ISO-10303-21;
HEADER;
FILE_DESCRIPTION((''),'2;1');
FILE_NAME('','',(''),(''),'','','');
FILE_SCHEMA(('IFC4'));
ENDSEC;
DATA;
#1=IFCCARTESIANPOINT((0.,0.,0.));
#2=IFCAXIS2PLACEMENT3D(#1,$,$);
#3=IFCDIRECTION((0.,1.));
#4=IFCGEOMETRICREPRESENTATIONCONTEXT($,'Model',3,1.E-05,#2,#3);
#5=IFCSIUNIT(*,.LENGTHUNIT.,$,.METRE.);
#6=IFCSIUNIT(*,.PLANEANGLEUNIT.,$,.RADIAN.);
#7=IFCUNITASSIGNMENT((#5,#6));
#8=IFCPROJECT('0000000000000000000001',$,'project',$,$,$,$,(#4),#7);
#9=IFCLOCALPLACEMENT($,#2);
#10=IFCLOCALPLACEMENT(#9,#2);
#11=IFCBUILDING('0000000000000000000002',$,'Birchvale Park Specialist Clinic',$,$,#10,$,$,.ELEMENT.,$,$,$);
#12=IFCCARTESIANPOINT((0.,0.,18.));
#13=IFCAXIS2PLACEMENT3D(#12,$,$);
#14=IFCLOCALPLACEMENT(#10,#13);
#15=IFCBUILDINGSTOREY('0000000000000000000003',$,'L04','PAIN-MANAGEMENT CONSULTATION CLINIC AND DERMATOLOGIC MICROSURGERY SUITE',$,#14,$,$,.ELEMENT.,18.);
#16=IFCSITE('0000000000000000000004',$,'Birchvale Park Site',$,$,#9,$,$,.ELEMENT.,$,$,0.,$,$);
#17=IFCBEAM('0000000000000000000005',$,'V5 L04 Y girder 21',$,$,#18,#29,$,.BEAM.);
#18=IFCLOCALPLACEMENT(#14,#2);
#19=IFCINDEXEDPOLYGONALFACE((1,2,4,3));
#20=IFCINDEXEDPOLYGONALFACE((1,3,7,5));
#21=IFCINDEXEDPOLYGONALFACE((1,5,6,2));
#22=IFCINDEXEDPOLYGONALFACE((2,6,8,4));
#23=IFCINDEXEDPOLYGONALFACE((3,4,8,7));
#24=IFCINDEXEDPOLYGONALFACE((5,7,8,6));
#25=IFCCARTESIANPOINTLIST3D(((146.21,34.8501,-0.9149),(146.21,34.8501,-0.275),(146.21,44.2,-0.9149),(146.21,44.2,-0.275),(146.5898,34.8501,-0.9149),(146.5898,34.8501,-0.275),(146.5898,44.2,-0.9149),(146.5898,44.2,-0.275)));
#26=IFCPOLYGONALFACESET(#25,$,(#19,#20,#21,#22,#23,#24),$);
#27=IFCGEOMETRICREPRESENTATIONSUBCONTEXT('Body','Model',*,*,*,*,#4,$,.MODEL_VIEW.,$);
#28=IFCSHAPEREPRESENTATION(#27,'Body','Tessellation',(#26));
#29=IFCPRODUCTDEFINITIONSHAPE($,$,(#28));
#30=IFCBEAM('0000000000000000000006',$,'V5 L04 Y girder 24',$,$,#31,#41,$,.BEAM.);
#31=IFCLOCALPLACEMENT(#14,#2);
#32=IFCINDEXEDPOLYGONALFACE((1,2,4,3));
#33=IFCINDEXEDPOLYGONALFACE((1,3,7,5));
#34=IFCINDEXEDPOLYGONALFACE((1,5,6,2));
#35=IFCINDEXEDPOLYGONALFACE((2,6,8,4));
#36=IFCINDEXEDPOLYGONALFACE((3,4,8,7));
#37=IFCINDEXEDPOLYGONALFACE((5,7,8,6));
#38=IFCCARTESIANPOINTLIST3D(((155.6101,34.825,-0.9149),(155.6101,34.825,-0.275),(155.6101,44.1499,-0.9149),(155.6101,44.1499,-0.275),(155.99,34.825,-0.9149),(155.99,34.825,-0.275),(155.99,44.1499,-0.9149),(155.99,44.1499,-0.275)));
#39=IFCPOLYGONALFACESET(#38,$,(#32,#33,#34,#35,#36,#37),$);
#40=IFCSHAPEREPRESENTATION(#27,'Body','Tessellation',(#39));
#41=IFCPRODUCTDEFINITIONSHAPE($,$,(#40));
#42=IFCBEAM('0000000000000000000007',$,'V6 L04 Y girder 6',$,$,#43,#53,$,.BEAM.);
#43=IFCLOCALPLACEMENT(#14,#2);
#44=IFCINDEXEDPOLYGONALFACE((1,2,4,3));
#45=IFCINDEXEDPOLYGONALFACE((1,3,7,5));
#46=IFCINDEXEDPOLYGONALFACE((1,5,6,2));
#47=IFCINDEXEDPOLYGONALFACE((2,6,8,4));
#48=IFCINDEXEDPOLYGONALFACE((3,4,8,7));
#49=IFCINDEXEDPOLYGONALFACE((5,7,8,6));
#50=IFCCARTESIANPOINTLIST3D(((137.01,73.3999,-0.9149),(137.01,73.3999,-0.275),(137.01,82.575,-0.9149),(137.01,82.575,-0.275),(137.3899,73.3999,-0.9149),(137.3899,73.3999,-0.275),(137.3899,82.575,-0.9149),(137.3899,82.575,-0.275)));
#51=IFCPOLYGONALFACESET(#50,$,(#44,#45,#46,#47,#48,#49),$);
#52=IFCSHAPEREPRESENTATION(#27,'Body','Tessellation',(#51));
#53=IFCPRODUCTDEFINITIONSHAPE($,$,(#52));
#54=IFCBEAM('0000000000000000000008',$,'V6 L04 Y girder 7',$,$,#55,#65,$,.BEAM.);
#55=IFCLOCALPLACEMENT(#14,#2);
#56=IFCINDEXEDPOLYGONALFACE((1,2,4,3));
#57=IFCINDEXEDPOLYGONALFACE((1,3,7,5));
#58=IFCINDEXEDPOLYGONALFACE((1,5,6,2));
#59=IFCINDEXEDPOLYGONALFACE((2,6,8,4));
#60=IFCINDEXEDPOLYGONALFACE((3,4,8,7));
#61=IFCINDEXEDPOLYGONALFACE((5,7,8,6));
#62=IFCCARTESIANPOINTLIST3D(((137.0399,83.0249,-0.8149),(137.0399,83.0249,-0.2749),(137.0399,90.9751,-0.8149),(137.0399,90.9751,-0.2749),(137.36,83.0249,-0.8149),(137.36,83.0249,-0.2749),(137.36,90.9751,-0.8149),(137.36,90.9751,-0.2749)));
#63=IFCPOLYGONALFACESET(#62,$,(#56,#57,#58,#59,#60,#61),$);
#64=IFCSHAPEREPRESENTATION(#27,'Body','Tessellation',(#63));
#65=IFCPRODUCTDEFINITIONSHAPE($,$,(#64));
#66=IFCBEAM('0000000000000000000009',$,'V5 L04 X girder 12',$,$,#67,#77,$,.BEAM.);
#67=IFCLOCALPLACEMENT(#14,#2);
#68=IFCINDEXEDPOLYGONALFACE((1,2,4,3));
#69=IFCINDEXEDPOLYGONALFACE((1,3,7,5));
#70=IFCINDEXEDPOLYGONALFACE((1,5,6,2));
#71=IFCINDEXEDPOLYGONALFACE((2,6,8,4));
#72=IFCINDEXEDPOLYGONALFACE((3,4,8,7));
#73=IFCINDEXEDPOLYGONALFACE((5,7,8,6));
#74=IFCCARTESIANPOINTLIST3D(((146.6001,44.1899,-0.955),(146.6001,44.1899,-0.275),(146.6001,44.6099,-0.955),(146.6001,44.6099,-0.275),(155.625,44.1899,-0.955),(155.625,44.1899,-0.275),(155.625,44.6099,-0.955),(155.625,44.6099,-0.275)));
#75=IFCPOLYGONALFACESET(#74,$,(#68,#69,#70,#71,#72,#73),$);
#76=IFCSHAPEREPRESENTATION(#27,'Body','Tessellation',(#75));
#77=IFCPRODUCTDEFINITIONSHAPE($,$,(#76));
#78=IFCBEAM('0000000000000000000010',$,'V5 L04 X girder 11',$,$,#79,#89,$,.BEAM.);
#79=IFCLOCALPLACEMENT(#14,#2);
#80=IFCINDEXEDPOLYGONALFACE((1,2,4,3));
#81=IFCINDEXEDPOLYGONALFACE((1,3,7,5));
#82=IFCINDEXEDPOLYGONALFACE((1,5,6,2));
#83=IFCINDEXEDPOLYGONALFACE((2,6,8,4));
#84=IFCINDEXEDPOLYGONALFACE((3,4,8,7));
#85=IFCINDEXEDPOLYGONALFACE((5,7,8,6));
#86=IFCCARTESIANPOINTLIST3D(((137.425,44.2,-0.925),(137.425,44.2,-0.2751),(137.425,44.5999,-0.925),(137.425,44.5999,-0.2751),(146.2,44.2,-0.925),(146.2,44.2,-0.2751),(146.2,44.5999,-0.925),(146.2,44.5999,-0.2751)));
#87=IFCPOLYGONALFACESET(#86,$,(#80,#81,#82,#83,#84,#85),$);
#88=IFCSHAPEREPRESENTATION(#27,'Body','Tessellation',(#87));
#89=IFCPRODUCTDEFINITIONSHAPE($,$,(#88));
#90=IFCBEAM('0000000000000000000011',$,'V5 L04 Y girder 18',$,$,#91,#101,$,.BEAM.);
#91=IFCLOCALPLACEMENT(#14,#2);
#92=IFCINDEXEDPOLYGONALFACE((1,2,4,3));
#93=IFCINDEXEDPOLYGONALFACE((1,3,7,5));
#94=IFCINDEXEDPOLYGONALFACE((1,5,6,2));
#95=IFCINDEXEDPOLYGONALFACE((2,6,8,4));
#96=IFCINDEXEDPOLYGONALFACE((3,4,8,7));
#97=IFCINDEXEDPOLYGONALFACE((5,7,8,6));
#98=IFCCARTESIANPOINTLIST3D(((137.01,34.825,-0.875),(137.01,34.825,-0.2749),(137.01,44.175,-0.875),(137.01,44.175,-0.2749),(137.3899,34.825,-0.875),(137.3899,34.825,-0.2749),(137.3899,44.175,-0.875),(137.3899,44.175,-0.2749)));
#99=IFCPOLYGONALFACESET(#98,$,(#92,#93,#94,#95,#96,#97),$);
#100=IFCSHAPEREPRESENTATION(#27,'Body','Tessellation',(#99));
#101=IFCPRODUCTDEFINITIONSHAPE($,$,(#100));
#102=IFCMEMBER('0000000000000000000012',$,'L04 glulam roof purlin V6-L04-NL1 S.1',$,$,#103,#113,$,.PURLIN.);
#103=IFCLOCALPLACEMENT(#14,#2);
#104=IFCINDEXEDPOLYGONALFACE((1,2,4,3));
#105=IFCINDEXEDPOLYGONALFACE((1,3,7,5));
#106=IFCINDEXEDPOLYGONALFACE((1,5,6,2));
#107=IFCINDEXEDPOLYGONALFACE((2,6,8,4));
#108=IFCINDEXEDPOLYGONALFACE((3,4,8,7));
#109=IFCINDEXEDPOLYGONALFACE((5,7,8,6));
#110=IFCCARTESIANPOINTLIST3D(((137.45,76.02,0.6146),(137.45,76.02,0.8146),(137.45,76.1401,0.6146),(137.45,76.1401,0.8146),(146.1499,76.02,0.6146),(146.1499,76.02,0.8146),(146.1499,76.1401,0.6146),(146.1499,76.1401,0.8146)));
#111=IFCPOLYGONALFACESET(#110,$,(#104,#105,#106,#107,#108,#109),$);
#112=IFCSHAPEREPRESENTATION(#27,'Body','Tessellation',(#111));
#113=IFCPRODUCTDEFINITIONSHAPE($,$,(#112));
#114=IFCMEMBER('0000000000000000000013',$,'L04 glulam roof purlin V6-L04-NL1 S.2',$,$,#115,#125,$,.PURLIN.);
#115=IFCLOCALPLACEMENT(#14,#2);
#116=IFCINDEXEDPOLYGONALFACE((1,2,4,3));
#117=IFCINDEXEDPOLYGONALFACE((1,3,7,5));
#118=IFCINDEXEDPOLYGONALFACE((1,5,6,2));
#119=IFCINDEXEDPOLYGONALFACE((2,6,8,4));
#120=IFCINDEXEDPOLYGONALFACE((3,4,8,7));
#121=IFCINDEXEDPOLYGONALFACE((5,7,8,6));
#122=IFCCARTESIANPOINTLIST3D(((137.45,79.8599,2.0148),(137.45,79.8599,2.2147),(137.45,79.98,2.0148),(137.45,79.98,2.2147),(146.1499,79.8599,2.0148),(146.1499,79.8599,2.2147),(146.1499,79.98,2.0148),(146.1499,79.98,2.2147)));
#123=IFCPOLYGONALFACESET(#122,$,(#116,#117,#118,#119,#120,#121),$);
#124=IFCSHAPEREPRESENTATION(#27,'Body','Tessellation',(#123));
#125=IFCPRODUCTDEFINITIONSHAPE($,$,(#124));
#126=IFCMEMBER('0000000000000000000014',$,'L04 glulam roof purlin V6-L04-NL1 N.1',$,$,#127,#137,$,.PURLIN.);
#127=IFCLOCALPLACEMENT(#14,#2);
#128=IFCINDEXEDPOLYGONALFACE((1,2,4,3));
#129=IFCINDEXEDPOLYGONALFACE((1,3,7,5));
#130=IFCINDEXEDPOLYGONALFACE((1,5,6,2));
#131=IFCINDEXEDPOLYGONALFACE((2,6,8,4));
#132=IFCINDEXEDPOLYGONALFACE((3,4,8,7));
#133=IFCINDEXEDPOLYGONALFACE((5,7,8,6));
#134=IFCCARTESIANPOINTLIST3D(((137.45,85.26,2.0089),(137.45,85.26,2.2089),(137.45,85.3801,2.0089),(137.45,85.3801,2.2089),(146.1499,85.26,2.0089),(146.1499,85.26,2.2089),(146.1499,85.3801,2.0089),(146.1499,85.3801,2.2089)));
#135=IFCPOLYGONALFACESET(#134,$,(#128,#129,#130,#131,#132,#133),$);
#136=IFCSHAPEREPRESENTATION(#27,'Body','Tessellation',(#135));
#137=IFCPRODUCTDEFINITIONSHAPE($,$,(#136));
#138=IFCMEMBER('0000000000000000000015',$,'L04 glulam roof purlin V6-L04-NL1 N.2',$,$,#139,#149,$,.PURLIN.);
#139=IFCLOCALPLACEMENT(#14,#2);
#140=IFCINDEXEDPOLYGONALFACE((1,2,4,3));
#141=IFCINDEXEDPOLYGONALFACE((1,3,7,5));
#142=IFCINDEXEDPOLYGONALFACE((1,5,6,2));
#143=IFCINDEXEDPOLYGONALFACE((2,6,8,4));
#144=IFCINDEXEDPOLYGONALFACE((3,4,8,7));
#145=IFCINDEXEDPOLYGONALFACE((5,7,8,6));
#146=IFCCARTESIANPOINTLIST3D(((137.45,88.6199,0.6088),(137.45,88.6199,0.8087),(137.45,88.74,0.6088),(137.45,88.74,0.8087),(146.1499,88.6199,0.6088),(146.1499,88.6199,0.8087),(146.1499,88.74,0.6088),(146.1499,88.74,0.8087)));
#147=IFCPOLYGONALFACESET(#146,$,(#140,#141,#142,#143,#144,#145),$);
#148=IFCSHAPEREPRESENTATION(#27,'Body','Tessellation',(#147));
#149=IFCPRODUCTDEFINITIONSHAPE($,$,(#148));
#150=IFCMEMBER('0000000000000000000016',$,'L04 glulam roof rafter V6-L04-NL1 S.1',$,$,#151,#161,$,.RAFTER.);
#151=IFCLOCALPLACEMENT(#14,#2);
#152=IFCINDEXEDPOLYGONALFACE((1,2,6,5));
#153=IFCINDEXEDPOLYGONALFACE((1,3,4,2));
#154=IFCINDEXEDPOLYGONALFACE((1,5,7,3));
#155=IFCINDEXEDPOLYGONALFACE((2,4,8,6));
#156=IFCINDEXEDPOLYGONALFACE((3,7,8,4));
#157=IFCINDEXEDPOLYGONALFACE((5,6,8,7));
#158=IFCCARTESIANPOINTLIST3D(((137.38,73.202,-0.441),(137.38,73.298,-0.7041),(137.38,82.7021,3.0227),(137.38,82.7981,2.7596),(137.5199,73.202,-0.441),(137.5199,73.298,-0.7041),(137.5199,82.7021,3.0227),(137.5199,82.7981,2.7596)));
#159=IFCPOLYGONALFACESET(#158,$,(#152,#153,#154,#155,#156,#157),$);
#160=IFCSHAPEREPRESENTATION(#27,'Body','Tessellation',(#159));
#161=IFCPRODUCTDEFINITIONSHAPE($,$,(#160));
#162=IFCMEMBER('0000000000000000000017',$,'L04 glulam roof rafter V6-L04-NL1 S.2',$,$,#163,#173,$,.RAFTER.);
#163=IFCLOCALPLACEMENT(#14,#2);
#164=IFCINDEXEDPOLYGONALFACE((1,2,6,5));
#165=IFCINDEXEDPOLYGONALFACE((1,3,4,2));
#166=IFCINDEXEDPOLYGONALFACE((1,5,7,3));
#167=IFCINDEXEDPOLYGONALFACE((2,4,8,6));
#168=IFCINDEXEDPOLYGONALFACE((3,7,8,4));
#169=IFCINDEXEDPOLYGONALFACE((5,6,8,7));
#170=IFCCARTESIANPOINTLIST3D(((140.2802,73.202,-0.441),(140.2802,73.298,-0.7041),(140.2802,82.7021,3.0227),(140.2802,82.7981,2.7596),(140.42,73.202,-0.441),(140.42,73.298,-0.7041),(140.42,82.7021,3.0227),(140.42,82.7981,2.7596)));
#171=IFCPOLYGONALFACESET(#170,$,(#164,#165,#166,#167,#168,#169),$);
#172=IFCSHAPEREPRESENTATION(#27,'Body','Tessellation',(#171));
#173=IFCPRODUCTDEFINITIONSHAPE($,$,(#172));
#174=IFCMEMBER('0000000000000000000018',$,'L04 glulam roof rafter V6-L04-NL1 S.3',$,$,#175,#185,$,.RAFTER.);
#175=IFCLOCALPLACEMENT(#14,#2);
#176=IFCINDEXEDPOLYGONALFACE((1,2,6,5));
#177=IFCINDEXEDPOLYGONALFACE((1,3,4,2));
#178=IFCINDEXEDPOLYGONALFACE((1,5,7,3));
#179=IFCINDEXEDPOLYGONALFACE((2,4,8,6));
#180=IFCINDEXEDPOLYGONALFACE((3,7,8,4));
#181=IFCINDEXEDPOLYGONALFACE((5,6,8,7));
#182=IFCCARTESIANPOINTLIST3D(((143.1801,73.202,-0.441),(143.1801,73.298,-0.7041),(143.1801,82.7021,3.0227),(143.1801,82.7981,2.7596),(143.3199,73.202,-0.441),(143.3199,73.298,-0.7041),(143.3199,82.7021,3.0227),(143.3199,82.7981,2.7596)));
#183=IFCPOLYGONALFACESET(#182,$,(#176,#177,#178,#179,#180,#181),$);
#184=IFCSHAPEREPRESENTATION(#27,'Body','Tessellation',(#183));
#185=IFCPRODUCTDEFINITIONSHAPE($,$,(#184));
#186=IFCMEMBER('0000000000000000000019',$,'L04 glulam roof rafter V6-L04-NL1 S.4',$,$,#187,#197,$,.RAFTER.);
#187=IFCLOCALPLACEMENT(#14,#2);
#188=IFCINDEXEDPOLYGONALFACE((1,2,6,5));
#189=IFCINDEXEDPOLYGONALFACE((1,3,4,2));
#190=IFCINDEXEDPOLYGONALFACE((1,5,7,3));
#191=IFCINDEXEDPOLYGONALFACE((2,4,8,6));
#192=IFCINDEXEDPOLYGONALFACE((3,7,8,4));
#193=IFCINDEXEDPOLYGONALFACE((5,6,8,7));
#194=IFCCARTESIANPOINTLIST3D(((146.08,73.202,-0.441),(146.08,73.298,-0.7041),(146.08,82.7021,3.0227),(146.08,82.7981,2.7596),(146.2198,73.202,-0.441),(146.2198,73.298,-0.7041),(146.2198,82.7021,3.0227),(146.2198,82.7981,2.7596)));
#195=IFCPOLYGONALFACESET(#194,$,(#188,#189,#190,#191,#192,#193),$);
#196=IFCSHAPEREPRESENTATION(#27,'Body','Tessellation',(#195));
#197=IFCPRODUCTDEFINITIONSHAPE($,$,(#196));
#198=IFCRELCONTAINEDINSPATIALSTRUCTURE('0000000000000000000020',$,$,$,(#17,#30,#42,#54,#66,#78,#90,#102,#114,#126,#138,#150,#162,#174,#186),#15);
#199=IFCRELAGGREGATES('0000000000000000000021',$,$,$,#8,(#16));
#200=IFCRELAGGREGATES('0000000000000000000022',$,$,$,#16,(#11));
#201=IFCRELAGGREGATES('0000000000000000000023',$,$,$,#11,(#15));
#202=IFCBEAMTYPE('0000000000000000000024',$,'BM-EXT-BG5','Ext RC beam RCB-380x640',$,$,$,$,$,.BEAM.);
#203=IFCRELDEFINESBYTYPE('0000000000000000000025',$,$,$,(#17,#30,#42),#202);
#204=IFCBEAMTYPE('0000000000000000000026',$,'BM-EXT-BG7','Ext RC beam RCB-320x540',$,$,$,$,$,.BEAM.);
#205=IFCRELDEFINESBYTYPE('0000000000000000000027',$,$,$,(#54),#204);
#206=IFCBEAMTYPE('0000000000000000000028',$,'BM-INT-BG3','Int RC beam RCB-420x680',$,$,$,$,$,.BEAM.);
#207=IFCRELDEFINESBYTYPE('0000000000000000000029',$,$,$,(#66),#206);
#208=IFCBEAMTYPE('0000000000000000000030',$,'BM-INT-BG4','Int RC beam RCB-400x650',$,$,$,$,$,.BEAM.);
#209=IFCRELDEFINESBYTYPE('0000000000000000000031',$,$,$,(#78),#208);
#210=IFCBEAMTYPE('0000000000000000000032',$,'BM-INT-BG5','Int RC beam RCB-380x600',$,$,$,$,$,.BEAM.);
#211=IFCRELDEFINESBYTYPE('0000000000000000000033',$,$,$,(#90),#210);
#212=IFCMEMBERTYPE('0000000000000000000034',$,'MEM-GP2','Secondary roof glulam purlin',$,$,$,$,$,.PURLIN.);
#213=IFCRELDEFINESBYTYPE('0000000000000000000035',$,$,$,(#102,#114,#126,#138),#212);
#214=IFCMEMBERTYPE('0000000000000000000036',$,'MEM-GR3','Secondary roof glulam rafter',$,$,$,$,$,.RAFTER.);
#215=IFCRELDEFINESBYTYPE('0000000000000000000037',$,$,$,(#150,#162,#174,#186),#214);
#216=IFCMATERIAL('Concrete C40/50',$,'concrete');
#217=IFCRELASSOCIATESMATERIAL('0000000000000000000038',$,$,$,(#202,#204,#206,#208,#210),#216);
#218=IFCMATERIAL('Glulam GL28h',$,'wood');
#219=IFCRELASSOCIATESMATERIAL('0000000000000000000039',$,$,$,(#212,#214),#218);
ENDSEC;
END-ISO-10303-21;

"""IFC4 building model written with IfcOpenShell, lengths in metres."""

from ifc_helpers import new_model, si_unit, direction, frame, origin, origin_2d, place, context, subcontext, project, spatial, rectangle, extrude, material, material_profile, profile_set, type_object, element, save


model = new_model("IFC4")

# Units and contexts
model_context = context("Model", 3, precision=1e-05, world=origin(), true_north=direction((0.0, 1.0)))
body_context = subcontext(model_context, "Body", "Model", "MODEL_VIEW")
ifc_project = project(units=[si_unit("LENGTHUNIT", "METRE"), si_unit("PLANEANGLEUNIT", "RADIAN")], contexts=[model_context])

# Site, building, storey
site_placement = place(None, origin())
site = spatial("IfcSite", under=ifc_project, at=site_placement, Name="Birchvale Park Site", CompositionType="ELEMENT", RefElevation=0.0)
building_placement = place(site_placement, origin())
building = spatial("IfcBuilding", under=site, at=building_placement, Name="Birchvale Park Specialist Clinic", CompositionType="ELEMENT")
storey_placement = place(building_placement, frame((0.0, 0.0, 18.0)))
storey = spatial("IfcBuildingStorey", under=building, at=storey_placement, Name="L04", Description="PAIN-MANAGEMENT CONSULTATION CLINIC AND DERMATOLOGIC MICROSURGERY SUITE", CompositionType="ELEMENT", Elevation=18.0)

# Beams
ifc_material_1 = material(Name="Concrete C40/50", Category="concrete")
ifc_material_profile_1 = material_profile(ifc_material_1, rectangle(XDim=0.3799, YDim=0.6399, at=origin_2d()), Name="RCB-380x640")
ifc_profile_set_1 = profile_set([ifc_material_profile_1], Name="Concrete C40/50")
beam_type_1 = type_object("IfcBeamType", Name="BM-EXT-BG5", Description="Ext RC beam RCB-380x640", PredefinedType="BEAM", material=ifc_profile_set_1)
beam_1_placement = place(storey_placement, frame((146.3999, 34.8501, -0.595), z_axis=(0.0, 1.0, 0.0), x_axis=(-1.0, 0.0, 0.0)))
element("IfcBeam", 1, at=beam_1_placement, inside=storey, type_object=beam_type_1, Name="V5 L04 Y girder 21", PredefinedType="BEAM", context=body_context, shape_type="SweptSolid", body=[
    extrude(rectangle(XDim=0.3799, YDim=0.6399, at=origin_2d()), origin(), (0.0, 0.0, 1.0), 9.3499),
])
beam_2_placement = place(storey_placement, frame((155.8, 34.825, -0.595), z_axis=(0.0, 1.0, 0.0), x_axis=(-1.0, 0.0, 0.0)))
element("IfcBeam", 2, at=beam_2_placement, inside=storey, type_object=beam_type_1, Name="V5 L04 Y girder 24", PredefinedType="BEAM", context=body_context, shape_type="SweptSolid", body=[
    extrude(rectangle(XDim=0.3799, YDim=0.6399, at=origin_2d()), origin(), (0.0, 0.0, 1.0), 9.325),
])
beam_3_placement = place(storey_placement, frame((137.2, 73.3999, -0.595), z_axis=(0.0, 1.0, 0.0), x_axis=(-1.0, 0.0, 0.0)))
element("IfcBeam", 3, at=beam_3_placement, inside=storey, type_object=beam_type_1, Name="V6 L04 Y girder 6", PredefinedType="BEAM", context=body_context, shape_type="SweptSolid", body=[
    extrude(rectangle(XDim=0.3799, YDim=0.6399, at=origin_2d()), origin(), (0.0, 0.0, 1.0), 9.175),
])
ifc_material_profile_2 = material_profile(ifc_material_1, rectangle(XDim=0.3201, YDim=0.54, at=origin_2d()), Name="RCB-320x540")
ifc_profile_set_2 = profile_set([ifc_material_profile_2], Name="Concrete C40/50")
beam_type_2 = type_object("IfcBeamType", Name="BM-EXT-BG7", Description="Ext RC beam RCB-320x540", PredefinedType="BEAM", material=ifc_profile_set_2)
beam_4_placement = place(storey_placement, frame((137.2, 83.0249, -0.5449), z_axis=(0.0, 1.0, 0.0), x_axis=(-1.0, 0.0, 0.0)))
element("IfcBeam", 4, at=beam_4_placement, inside=storey, type_object=beam_type_2, Name="V6 L04 Y girder 7", PredefinedType="BEAM", context=body_context, shape_type="SweptSolid", body=[
    extrude(rectangle(XDim=0.3201, YDim=0.54, at=origin_2d()), origin(), (0.0, 0.0, 1.0), 7.9502),
])
ifc_material_profile_3 = material_profile(ifc_material_1, rectangle(XDim=0.4199, YDim=0.6799, at=origin_2d()), Name="RCB-420x680")
ifc_profile_set_3 = profile_set([ifc_material_profile_3], Name="Concrete C40/50")
beam_type_3 = type_object("IfcBeamType", Name="BM-INT-BG3", Description="Int RC beam RCB-420x680", PredefinedType="BEAM", material=ifc_profile_set_3)
beam_5_placement = place(storey_placement, frame((146.6001, 44.3999, -0.615), z_axis=(1.0, 0.0, 0.0), x_axis=(0.0, 1.0, 0.0)))
element("IfcBeam", 5, at=beam_5_placement, inside=storey, type_object=beam_type_3, Name="V5 L04 X girder 12", PredefinedType="BEAM", context=body_context, shape_type="SweptSolid", body=[
    extrude(rectangle(XDim=0.4199, YDim=0.6799, at=origin_2d()), origin(), (0.0, 0.0, 1.0), 9.0249),
])
ifc_material_profile_4 = material_profile(ifc_material_1, rectangle(XDim=0.3999, YDim=0.6499, at=origin_2d()), Name="RCB-400x650")
ifc_profile_set_4 = profile_set([ifc_material_profile_4], Name="Concrete C40/50")
beam_type_4 = type_object("IfcBeamType", Name="BM-INT-BG4", Description="Int RC beam RCB-400x650", PredefinedType="BEAM", material=ifc_profile_set_4)
beam_6_placement = place(storey_placement, frame((137.425, 44.3999, -0.6001), z_axis=(1.0, 0.0, 0.0), x_axis=(0.0, 1.0, 0.0)))
element("IfcBeam", 6, at=beam_6_placement, inside=storey, type_object=beam_type_4, Name="V5 L04 X girder 11", PredefinedType="BEAM", context=body_context, shape_type="SweptSolid", body=[
    extrude(rectangle(XDim=0.3999, YDim=0.6499, at=origin_2d()), origin(), (0.0, 0.0, 1.0), 8.7749),
])
ifc_material_profile_5 = material_profile(ifc_material_1, rectangle(XDim=0.3799, YDim=0.6001, at=origin_2d()), Name="RCB-380x600")
ifc_profile_set_5 = profile_set([ifc_material_profile_5], Name="Concrete C40/50")
beam_type_5 = type_object("IfcBeamType", Name="BM-INT-BG5", Description="Int RC beam RCB-380x600", PredefinedType="BEAM", material=ifc_profile_set_5)
beam_7_placement = place(storey_placement, frame((137.2, 34.825, -0.575), z_axis=(0.0, 1.0, 0.0), x_axis=(-1.0, 0.0, 0.0)))
element("IfcBeam", 7, at=beam_7_placement, inside=storey, type_object=beam_type_5, Name="V5 L04 Y girder 18", PredefinedType="BEAM", context=body_context, shape_type="SweptSolid", body=[
    extrude(rectangle(XDim=0.3799, YDim=0.6001, at=origin_2d()), origin(), (0.0, 0.0, 1.0), 9.3501),
])

# Members
ifc_material_2 = material(Name="Glulam GL28h", Category="wood")
ifc_material_profile_6 = material_profile(ifc_material_2, rectangle(XDim=0.1201, YDim=0.2, at=origin_2d()), Name="GL-120x200")
ifc_profile_set_6 = profile_set([ifc_material_profile_6], Name="Glulam GL28h")
member_type_1 = type_object("IfcMemberType", Name="MEM-GP2", Description="Secondary roof glulam purlin", PredefinedType="PURLIN", material=ifc_profile_set_6)
for number, where, z_axis, x_axis, name in (
    (8, (137.45, 76.0801, 0.7146), (1.0, 0.0, 0.0), (0.0, 1.0, 0.0), "L04 glulam roof purlin V6-L04-NL1 S.1"),
    (9, (137.45, 79.9199, 2.1147), (1.0, 0.0, 0.0), (0.0, 1.0, 0.0), "L04 glulam roof purlin V6-L04-NL1 S.2"),
    (10, (137.45, 85.3201, 2.1089), (1.0, 0.0, 0.0), (0.0, 1.0, 0.0), "L04 glulam roof purlin V6-L04-NL1 N.1"),
    (11, (137.45, 88.6799, 0.7087), (1.0, 0.0, 0.0), (0.0, 1.0, 0.0), "L04 glulam roof purlin V6-L04-NL1 N.2"),
):
    element("IfcMember", number, at=place(storey_placement, frame(where, z_axis=z_axis, x_axis=x_axis)), inside=storey, type_object=member_type_1, Name=name, PredefinedType="PURLIN", context=body_context, shape_type="SweptSolid", body=[
        extrude(rectangle(XDim=0.1201, YDim=0.2, at=origin_2d()), origin(), (0.0, 0.0, 1.0), 8.7),
    ])
ifc_material_profile_7 = material_profile(ifc_material_2, rectangle(XDim=0.1399, YDim=0.28, at=origin_2d()), Name="GL-140x280")
ifc_profile_set_7 = profile_set([ifc_material_profile_7], Name="Glulam GL28h")
member_type_2 = type_object("IfcMemberType", Name="MEM-GR3", Description="Secondary roof glulam rafter", PredefinedType="RAFTER", material=ifc_profile_set_7)
for number, where, z_axis, x_axis, name in (
    (12, (137.45, 73.25, -0.5725), (0.0, 0.939505, 0.342536), (-1.0, 0.0, 0.0), "L04 glulam roof rafter V6-L04-NL1 S.1"),
    (13, (140.3501, 73.25, -0.5725), (0.0, 0.939505, 0.342536), (-1.0, 0.0, 0.0), "L04 glulam roof rafter V6-L04-NL1 S.2"),
    (14, (143.25, 73.25, -0.5725), (0.0, 0.939505, 0.342536), (-1.0, 0.0, 0.0), "L04 glulam roof rafter V6-L04-NL1 S.3"),
    (15, (146.1499, 73.25, -0.5725), (0.0, 0.939505, 0.342536), (-1.0, 0.0, 0.0), "L04 glulam roof rafter V6-L04-NL1 S.4"),
):
    element("IfcMember", number, at=place(storey_placement, frame(where, z_axis=z_axis, x_axis=x_axis)), inside=storey, type_object=member_type_2, Name=name, PredefinedType="RAFTER", context=body_context, shape_type="SweptSolid", body=[
        extrude(rectangle(XDim=0.1399, YDim=0.28, at=origin_2d()), origin(), (0.0, 0.0, 1.0), 10.1118),
    ])

save(model, "model.ifc")
